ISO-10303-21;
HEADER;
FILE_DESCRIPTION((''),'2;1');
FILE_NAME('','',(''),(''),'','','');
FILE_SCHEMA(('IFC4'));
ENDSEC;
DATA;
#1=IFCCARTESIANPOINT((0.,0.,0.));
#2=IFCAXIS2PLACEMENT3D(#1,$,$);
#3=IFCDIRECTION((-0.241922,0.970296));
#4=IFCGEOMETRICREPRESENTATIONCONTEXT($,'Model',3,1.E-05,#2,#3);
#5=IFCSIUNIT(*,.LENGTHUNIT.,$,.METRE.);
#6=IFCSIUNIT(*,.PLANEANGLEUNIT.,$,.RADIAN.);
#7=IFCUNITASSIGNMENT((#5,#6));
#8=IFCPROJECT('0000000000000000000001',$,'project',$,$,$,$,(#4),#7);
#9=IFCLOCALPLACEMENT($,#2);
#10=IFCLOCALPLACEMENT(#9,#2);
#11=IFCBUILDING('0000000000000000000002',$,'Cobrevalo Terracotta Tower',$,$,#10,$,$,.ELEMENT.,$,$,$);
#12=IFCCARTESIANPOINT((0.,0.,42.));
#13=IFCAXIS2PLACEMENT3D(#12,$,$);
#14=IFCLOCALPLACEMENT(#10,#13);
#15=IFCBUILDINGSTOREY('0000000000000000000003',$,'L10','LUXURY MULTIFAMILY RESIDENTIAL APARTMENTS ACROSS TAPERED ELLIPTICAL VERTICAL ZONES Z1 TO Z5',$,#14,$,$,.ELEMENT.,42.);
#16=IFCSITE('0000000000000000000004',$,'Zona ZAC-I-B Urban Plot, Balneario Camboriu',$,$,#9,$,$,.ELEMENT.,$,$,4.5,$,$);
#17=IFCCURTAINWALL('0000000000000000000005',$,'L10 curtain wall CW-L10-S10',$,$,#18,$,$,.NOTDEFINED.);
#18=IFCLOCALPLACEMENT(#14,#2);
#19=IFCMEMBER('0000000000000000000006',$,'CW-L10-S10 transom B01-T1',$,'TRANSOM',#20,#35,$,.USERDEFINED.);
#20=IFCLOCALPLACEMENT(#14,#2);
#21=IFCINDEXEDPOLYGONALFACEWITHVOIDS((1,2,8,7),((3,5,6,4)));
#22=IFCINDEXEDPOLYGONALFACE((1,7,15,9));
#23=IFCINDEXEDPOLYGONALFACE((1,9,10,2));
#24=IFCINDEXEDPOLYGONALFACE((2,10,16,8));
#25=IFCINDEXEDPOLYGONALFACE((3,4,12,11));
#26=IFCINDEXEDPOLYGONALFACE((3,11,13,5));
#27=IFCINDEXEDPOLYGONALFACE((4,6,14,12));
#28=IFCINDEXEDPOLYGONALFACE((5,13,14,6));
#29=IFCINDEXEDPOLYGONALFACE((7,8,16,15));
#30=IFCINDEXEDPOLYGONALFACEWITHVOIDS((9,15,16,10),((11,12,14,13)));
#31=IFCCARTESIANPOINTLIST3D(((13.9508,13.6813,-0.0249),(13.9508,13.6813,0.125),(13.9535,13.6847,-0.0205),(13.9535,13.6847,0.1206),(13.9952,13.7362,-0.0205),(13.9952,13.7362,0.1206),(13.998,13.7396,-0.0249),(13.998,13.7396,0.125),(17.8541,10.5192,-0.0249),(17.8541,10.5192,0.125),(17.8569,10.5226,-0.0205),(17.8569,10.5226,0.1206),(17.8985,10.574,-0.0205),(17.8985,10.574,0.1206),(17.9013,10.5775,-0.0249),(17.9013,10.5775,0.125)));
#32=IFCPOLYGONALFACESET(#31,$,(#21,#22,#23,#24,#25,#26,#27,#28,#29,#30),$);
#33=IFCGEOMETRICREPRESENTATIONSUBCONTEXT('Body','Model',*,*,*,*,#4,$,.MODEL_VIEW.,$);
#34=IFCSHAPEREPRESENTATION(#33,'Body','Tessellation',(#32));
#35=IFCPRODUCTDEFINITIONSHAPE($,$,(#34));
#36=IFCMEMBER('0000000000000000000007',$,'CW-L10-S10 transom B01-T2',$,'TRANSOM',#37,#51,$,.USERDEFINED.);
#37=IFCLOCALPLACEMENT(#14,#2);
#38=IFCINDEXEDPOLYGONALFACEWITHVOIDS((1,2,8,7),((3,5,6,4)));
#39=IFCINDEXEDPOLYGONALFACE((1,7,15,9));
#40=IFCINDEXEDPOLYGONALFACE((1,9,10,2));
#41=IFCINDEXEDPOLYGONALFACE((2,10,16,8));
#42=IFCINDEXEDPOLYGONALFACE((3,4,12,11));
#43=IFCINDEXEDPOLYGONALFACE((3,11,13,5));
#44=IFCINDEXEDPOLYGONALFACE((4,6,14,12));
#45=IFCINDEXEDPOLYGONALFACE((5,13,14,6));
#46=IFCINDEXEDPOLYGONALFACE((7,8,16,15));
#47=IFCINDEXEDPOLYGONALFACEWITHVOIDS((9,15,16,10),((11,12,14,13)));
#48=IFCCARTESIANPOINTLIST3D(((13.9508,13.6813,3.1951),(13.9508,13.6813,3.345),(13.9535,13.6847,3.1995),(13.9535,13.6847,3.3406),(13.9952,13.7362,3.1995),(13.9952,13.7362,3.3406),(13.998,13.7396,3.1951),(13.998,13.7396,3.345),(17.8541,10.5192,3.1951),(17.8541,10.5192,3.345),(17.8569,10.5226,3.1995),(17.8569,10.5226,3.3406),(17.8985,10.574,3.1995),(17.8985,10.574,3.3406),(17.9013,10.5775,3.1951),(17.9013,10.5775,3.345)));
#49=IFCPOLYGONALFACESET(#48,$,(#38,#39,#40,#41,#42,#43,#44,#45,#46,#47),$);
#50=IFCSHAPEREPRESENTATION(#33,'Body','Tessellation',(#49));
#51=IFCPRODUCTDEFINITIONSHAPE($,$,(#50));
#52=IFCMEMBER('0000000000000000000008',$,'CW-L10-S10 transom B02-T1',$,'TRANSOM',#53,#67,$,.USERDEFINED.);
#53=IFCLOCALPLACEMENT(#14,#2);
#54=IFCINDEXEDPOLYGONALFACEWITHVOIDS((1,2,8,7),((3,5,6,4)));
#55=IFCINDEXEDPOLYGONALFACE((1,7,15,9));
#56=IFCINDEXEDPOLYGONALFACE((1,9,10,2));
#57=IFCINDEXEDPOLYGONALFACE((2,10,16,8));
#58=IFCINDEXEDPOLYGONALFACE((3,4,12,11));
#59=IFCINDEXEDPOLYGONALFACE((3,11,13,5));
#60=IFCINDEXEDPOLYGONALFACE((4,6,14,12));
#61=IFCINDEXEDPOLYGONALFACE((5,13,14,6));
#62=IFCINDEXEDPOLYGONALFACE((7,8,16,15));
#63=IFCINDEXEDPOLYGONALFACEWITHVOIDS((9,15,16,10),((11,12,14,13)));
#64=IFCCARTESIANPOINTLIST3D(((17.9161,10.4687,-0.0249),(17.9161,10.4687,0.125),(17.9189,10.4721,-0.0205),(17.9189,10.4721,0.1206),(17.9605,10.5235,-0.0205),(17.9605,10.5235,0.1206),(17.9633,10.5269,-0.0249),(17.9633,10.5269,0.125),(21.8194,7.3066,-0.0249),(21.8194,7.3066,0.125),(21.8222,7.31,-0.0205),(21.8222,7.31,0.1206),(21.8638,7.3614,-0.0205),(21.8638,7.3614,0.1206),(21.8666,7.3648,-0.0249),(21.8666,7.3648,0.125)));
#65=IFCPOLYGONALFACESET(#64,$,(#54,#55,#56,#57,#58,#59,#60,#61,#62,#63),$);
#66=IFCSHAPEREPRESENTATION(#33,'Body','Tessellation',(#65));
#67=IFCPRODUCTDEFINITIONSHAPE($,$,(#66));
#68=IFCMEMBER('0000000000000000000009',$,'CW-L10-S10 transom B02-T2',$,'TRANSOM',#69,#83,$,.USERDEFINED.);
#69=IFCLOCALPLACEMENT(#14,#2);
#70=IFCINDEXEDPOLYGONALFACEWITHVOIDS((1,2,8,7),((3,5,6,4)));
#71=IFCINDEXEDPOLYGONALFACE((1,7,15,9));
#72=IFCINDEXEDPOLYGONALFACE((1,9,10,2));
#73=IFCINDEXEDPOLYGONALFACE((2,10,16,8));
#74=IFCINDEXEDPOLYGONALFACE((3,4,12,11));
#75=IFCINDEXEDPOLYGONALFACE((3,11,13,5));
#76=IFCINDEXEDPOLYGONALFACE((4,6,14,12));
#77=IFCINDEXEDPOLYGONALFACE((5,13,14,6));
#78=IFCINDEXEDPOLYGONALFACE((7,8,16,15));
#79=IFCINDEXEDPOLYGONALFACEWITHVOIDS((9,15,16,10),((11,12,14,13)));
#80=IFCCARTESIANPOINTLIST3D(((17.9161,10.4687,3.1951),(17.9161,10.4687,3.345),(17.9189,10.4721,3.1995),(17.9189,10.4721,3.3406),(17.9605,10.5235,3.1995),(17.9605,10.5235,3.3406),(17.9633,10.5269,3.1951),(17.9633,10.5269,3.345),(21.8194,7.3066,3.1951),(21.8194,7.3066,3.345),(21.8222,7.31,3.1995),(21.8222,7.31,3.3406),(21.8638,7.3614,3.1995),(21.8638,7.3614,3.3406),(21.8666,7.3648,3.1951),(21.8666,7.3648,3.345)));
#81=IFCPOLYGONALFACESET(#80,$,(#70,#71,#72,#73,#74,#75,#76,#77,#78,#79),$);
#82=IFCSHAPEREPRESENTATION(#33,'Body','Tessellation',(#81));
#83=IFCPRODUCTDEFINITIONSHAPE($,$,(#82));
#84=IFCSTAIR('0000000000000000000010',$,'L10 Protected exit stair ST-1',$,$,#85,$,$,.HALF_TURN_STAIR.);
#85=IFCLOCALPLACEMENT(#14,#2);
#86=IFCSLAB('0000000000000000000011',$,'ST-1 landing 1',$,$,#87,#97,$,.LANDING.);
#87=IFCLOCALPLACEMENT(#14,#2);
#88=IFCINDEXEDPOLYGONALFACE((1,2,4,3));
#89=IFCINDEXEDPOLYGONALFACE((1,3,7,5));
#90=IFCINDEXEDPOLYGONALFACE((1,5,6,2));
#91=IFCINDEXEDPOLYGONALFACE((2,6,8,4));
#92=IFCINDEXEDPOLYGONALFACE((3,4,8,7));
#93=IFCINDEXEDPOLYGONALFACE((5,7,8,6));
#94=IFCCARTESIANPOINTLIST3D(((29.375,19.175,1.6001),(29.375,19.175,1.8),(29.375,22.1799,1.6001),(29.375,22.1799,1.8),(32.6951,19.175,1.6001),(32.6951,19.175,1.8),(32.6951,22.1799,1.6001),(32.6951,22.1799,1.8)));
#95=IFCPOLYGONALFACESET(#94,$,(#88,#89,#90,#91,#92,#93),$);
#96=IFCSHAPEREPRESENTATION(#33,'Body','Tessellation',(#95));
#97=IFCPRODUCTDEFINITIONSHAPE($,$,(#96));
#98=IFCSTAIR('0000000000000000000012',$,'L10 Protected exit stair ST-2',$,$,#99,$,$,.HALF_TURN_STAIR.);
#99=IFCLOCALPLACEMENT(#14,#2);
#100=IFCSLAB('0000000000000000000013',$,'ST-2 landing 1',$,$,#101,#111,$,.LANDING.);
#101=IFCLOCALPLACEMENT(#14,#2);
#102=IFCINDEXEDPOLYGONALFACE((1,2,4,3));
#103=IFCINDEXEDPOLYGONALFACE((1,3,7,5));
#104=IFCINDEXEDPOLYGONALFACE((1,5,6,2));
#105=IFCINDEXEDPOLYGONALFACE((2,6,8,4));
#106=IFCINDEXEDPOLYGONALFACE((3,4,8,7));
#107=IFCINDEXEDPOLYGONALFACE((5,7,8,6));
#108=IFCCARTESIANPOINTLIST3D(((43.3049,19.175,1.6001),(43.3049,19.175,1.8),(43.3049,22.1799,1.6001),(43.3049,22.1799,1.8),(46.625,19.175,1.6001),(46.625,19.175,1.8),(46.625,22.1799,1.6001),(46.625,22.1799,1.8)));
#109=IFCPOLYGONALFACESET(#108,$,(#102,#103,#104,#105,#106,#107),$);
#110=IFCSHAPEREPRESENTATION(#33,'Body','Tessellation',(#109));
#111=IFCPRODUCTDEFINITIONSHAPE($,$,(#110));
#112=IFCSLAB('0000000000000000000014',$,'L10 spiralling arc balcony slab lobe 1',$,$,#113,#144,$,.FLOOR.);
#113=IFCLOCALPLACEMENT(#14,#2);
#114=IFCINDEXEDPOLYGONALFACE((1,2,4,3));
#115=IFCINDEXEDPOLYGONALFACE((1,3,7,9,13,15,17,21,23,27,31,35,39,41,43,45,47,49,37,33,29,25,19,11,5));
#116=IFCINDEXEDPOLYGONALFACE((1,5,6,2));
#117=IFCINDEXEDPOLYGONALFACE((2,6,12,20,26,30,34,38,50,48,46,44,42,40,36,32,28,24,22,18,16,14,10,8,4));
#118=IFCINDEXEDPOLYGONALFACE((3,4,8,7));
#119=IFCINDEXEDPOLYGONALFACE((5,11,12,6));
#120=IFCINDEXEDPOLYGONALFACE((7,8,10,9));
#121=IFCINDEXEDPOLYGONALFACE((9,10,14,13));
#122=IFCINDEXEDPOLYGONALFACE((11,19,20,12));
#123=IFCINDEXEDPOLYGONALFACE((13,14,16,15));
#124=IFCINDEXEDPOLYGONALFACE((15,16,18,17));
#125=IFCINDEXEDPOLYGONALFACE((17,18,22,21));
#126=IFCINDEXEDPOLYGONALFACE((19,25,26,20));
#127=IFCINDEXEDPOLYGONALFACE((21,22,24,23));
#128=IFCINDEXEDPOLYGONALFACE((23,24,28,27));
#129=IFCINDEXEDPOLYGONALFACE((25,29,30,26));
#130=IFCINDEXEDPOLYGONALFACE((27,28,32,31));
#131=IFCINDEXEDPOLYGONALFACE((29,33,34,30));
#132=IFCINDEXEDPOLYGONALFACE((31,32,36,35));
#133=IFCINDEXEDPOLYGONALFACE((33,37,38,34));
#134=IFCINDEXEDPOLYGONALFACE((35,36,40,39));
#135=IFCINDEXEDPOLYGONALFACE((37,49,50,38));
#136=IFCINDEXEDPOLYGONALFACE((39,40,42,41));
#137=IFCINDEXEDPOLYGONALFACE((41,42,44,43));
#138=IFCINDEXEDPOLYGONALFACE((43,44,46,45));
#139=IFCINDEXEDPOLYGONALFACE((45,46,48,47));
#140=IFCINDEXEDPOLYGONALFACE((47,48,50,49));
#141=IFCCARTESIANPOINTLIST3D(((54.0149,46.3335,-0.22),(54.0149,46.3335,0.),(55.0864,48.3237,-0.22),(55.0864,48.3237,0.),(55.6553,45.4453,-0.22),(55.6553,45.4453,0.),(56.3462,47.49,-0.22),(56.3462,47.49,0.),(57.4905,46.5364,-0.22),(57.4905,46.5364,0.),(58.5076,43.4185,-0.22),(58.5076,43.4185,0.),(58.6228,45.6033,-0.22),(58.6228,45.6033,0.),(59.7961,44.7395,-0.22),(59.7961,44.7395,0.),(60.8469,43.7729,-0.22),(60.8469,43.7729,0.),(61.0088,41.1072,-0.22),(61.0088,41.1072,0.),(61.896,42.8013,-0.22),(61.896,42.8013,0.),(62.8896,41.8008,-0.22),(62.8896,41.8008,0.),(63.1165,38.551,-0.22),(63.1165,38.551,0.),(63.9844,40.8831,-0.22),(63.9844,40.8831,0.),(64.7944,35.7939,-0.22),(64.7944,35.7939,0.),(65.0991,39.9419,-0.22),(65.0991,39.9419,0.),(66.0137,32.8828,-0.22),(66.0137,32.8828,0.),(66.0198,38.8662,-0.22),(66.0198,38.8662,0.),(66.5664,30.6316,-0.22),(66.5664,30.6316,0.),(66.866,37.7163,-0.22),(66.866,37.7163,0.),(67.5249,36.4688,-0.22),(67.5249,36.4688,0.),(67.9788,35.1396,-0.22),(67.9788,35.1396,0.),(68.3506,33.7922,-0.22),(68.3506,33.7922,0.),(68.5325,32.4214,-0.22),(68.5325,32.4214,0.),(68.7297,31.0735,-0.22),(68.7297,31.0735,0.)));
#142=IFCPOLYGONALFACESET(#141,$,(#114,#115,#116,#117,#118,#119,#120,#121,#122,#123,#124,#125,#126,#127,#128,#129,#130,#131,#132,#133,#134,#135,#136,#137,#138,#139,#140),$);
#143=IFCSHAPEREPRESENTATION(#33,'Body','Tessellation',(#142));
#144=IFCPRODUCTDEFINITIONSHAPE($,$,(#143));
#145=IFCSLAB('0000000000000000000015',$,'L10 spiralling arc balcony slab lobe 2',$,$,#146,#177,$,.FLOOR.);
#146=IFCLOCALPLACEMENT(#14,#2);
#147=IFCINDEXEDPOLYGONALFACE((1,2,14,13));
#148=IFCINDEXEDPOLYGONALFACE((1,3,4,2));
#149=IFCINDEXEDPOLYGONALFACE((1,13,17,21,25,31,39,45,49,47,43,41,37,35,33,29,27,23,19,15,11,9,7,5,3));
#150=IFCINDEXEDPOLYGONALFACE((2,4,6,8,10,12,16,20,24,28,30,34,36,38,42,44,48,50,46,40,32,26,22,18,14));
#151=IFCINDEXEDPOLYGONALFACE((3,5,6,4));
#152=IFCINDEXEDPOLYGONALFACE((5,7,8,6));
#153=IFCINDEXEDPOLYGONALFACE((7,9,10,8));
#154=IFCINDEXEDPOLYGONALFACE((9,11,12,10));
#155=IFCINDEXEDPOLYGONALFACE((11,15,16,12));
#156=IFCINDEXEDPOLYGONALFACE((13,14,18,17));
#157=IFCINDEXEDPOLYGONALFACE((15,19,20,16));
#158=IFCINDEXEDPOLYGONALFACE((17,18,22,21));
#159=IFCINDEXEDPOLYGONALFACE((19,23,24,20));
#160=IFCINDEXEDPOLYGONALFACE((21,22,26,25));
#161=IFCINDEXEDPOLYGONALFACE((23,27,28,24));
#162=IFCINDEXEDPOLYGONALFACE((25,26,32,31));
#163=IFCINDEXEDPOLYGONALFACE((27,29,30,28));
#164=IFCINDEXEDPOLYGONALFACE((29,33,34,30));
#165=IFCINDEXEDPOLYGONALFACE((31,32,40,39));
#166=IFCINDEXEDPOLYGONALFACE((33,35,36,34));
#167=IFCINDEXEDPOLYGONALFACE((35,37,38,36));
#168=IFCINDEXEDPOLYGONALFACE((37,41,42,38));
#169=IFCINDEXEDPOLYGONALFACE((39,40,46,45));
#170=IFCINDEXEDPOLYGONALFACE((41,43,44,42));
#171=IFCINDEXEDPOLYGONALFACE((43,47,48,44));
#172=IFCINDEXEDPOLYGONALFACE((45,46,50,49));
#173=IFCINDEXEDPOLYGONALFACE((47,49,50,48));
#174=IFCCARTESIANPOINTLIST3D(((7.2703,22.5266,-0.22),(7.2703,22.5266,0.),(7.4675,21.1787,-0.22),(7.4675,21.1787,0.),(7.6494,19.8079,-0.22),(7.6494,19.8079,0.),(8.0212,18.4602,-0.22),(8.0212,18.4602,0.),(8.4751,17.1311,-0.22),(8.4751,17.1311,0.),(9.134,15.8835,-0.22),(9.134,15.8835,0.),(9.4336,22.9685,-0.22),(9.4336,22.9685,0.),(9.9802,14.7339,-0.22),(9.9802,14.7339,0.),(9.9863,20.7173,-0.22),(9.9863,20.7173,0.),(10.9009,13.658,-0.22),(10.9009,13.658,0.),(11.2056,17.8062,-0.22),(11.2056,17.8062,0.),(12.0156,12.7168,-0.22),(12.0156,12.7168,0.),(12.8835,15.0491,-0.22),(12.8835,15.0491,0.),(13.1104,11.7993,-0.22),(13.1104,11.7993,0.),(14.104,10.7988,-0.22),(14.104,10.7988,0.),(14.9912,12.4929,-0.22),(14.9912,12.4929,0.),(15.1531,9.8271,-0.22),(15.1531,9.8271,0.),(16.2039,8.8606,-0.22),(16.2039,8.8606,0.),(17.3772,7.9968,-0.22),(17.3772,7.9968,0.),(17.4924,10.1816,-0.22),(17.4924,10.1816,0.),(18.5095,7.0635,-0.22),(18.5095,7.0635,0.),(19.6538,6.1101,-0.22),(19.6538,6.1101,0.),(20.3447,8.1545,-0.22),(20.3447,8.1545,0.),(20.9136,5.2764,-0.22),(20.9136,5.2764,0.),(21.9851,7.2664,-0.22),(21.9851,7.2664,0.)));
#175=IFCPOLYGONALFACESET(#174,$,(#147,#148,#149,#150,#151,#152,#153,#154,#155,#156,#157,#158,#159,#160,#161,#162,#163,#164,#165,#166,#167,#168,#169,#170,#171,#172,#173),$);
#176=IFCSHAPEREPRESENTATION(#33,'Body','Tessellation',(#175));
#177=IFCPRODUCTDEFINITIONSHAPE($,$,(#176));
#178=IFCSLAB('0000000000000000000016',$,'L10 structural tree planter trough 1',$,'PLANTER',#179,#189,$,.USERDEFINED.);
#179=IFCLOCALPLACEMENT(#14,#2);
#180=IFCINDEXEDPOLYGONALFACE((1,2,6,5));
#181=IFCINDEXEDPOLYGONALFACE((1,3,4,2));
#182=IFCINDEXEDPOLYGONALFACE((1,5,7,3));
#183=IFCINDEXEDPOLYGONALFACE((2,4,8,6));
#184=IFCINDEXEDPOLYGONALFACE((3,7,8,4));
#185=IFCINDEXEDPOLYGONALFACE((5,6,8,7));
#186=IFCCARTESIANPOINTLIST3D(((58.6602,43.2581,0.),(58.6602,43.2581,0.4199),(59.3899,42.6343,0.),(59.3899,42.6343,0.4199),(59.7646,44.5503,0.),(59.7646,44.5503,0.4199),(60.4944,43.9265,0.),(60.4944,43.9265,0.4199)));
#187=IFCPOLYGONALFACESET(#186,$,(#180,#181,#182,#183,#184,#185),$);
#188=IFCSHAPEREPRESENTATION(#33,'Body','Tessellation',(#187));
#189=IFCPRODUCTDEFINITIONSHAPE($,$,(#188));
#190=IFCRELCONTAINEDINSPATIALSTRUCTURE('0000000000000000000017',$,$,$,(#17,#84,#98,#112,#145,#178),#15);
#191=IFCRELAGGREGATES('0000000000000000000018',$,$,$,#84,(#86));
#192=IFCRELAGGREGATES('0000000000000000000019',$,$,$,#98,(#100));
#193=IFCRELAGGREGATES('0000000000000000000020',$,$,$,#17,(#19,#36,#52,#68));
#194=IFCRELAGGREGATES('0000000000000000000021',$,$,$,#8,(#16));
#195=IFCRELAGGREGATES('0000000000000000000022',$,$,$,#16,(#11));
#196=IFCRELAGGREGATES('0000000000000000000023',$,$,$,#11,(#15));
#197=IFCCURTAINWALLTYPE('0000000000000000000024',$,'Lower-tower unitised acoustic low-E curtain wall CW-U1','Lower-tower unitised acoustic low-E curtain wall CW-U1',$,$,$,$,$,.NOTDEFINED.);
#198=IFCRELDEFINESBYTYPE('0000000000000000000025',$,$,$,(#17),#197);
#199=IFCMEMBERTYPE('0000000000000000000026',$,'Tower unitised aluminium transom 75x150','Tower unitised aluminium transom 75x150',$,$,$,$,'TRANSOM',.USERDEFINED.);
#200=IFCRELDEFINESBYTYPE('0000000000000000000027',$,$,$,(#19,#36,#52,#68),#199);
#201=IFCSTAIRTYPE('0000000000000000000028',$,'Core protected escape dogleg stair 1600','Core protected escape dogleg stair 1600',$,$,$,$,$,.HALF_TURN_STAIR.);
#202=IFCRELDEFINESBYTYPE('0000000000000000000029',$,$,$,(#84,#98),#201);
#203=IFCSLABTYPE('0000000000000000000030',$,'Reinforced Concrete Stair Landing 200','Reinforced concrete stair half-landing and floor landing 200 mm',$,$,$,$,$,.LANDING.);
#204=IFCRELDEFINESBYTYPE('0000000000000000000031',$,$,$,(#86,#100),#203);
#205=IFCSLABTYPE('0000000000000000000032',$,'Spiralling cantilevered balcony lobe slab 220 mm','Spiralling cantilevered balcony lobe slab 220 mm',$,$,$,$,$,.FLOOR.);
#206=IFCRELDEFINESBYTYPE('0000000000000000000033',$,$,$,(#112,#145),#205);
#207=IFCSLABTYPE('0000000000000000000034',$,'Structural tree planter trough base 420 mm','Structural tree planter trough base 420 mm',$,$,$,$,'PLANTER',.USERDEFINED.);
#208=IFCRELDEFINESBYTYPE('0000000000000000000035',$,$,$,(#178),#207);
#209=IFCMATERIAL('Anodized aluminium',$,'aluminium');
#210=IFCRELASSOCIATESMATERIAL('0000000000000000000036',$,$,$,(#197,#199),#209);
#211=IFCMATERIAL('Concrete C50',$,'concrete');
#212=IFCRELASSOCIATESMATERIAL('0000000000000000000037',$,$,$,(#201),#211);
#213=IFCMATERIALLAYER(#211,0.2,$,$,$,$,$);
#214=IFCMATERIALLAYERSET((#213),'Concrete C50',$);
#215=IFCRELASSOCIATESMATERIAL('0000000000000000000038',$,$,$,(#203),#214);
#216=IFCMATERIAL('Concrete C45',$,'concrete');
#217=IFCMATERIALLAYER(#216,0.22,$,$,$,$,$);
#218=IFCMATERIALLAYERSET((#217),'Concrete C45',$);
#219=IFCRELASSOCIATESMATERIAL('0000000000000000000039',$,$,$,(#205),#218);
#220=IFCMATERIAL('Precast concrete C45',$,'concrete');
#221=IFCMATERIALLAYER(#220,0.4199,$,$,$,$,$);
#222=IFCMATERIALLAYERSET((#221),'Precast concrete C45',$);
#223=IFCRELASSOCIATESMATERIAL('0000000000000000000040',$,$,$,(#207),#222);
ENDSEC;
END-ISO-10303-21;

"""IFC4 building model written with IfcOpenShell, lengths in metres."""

from ifc_helpers import new_model, si_unit, direction, frame, origin, origin_2d, place, context, subcontext, project, spatial, polyline, hollow_rectangle, outline, extrude, source, transform, mapped, material, layer, layer_set, material_profile, profile_set, type_object, element, aggregate, save


model = new_model("IFC4")

# Units and contexts
model_context = context("Model", 3, precision=1e-05, world=origin(), true_north=direction((-0.241922, 0.970296)))
body_context = subcontext(model_context, "Body", "Model", "MODEL_VIEW")
ifc_project = project(units=[si_unit("LENGTHUNIT", "METRE"), si_unit("PLANEANGLEUNIT", "RADIAN")], contexts=[model_context])

# Site, building, storey
site_placement = place(None, origin())
site = spatial("IfcSite", under=ifc_project, at=site_placement, Name="Zona ZAC-I-B Urban Plot, Balneario Camboriu", CompositionType="ELEMENT", RefElevation=4.5)
building_placement = place(site_placement, origin())
building = spatial("IfcBuilding", under=site, at=building_placement, Name="Cobrevalo Terracotta Tower", CompositionType="ELEMENT")
storey_placement = place(building_placement, frame((0.0, 0.0, 42.0)))
storey = spatial("IfcBuildingStorey", under=building, at=storey_placement, Name="L10", Description="LUXURY MULTIFAMILY RESIDENTIAL APARTMENTS ACROSS TAPERED ELLIPTICAL VERTICAL ZONES Z1 TO Z5", CompositionType="ELEMENT", Elevation=42.0)

# Curtain wall, members
ifc_material_1 = material(Name="Anodized aluminium", Category="aluminium")
curtain_wall_type = type_object("IfcCurtainWallType", Name="Lower-tower unitised acoustic low-E curtain wall CW-U1", Description="Lower-tower unitised acoustic low-E curtain wall CW-U1", PredefinedType="NOTDEFINED", material=ifc_material_1)
curtain_wall_placement = place(storey_placement, origin())
curtain_wall = element("IfcCurtainWall", 1, at=curtain_wall_placement, inside=storey, type_object=curtain_wall_type, Name="L10 curtain wall CW-L10-S10", PredefinedType="NOTDEFINED")
ifc_material_profile_1 = material_profile(ifc_material_1, hollow_rectangle(XDim=0.075, YDim=0.1499, WallThickness=0.0044, at=origin_2d()), Name="CWT 75x150")
ifc_profile_set_1 = profile_set([ifc_material_profile_1], Name="Anodized aluminium")
member_type_1 = type_object("IfcMemberType", Name="Tower unitised aluminium transom 75x150", Description="Tower unitised aluminium transom 75x150", ElementType="TRANSOM", PredefinedType="USERDEFINED", material=ifc_profile_set_1)
shared_shape_1 = source(origin(), body_context, "Body", "SweptSolid", [
    extrude(hollow_rectangle(XDim=0.075, YDim=0.1499, WallThickness=0.0044, at=origin_2d()), origin(), (0.0, 0.0, 1.0), 5.0234),
])
member_1_placement = place(storey_placement, frame((13.9744, 13.7104, 0.05), z_axis=(0.777023, -0.629472, 0.0), x_axis=(0.629472, 0.777023, 0.0)))
member_1 = element("IfcMember", 2, at=member_1_placement, type_object=member_type_1, Name="CW-L10-S10 transom B01-T1", ObjectType="TRANSOM", PredefinedType="USERDEFINED", context=body_context, shape_type="MappedRepresentation", body=[
    mapped(shared_shape_1, transform((0.0, 0.0, 0.0), scale=1.0)),
])
member_2_placement = place(storey_placement, frame((13.9744, 13.7104, 3.27), z_axis=(0.777023, -0.629472, 0.0), x_axis=(0.629472, 0.777023, 0.0)))
member_2 = element("IfcMember", 3, at=member_2_placement, type_object=member_type_1, Name="CW-L10-S10 transom B01-T2", ObjectType="TRANSOM", PredefinedType="USERDEFINED", context=body_context, shape_type="MappedRepresentation", body=[
    mapped(shared_shape_1, transform((0.0, 0.0, 0.0), scale=1.0)),
])
member_3_placement = place(storey_placement, frame((17.9397, 10.4978, 0.05), z_axis=(0.777023, -0.629472, 0.0), x_axis=(0.629472, 0.777023, 0.0)))
member_3 = element("IfcMember", 4, at=member_3_placement, type_object=member_type_1, Name="CW-L10-S10 transom B02-T1", ObjectType="TRANSOM", PredefinedType="USERDEFINED", context=body_context, shape_type="MappedRepresentation", body=[
    mapped(shared_shape_1, transform((0.0, 0.0, 0.0), scale=1.0)),
])
member_4_placement = place(storey_placement, frame((17.9397, 10.4978, 3.27), z_axis=(0.777023, -0.629472, 0.0), x_axis=(0.629472, 0.777023, 0.0)))
member_4 = element("IfcMember", 5, at=member_4_placement, type_object=member_type_1, Name="CW-L10-S10 transom B02-T2", ObjectType="TRANSOM", PredefinedType="USERDEFINED", context=body_context, shape_type="MappedRepresentation", body=[
    mapped(shared_shape_1, transform((0.0, 0.0, 0.0), scale=1.0)),
])

# Stairs, slabs
ifc_material_2 = material(Name="Concrete C50", Category="concrete")
stair_type = type_object("IfcStairType", Name="Core protected escape dogleg stair 1600", Description="Core protected escape dogleg stair 1600", PredefinedType="HALF_TURN_STAIR", material=ifc_material_2)
stair_1_placement = place(storey_placement, origin())
stair_1 = element("IfcStair", 6, at=stair_1_placement, inside=storey, type_object=stair_type, Name="L10 Protected exit stair ST-1", PredefinedType="HALF_TURN_STAIR")
ifc_layer_1 = layer(ifc_material_2, 0.2)
ifc_layer_set_1 = layer_set([ifc_layer_1], Name="Concrete C50")
slab_type_1 = type_object("IfcSlabType", Name="Reinforced Concrete Stair Landing 200", Description="Reinforced concrete stair half-landing and floor landing 200 mm", PredefinedType="LANDING", material=ifc_layer_set_1)
slab_1_placement = place(storey_placement, frame((0.0, 0.0, 1.6001)))
slab_1 = element("IfcSlab", 7, at=slab_1_placement, type_object=slab_type_1, Name="ST-1 landing 1", PredefinedType="LANDING", context=body_context, shape_type="SweptSolid", body=[
    extrude(outline(polyline([(29.375, 22.1799), (29.375, 19.175), (32.6951, 19.175), (32.6951, 22.1799), (29.375, 22.1799)])), origin(), (0.0, 0.0, 1.0), 0.2),
])
aggregate(stair_1, [slab_1])
stair_2_placement = place(storey_placement, origin())
stair_2 = element("IfcStair", 8, at=stair_2_placement, inside=storey, type_object=stair_type, Name="L10 Protected exit stair ST-2", PredefinedType="HALF_TURN_STAIR")
slab_2_placement = place(storey_placement, frame((0.0, 0.0, 1.6001)))
slab_2 = element("IfcSlab", 9, at=slab_2_placement, type_object=slab_type_1, Name="ST-2 landing 1", PredefinedType="LANDING", context=body_context, shape_type="SweptSolid", body=[
    extrude(outline(polyline([(43.3049, 22.1799), (43.3049, 19.175), (46.625, 19.175), (46.625, 22.1799), (43.3049, 22.1799)])), origin(), (0.0, 0.0, 1.0), 0.2),
])
aggregate(stair_2, [slab_2])

# Slabs
ifc_material_3 = material(Name="Concrete C45", Category="concrete")
ifc_layer_2 = layer(ifc_material_3, 0.22)
ifc_layer_set_2 = layer_set([ifc_layer_2], Name="Concrete C45")
slab_type_2 = type_object("IfcSlabType", Name="Spiralling cantilevered balcony lobe slab 220 mm", Description="Spiralling cantilevered balcony lobe slab 220 mm", PredefinedType="FLOOR", material=ifc_layer_set_2)
slab_3_placement = place(storey_placement, frame((0.0, 0.0, -0.22)))
element("IfcSlab", 10, at=slab_3_placement, inside=storey, type_object=slab_type_2, Name="L10 spiralling arc balcony slab lobe 1", PredefinedType="FLOOR", context=body_context, shape_type="SweptSolid", body=[
    extrude(outline(polyline([(68.7297, 31.0735), (68.5325, 32.4214), (68.3506, 33.7922), (67.9788, 35.1396), (67.5249, 36.4688), (66.866, 37.7163), (66.0198, 38.8662), (65.0991, 39.9419), (63.9844, 40.8831), (62.8896, 41.8008), (61.896, 42.8013), (60.8469, 43.7729), (59.7961, 44.7395), (58.6228, 45.6033), (57.4905, 46.5364), (56.3462, 47.49), (55.0864, 48.3237), (54.0149, 46.3335), (55.6553, 45.4453), (58.5076, 43.4185), (61.0088, 41.1072), (63.1165, 38.551), (64.7944, 35.7939), (66.0137, 32.8828), (66.5664, 30.6316), (68.7297, 31.0735)])), origin(), (0.0, 0.0, 1.0), 0.22),
])
slab_4_placement = place(storey_placement, frame((0.0, 0.0, -0.22)))
element("IfcSlab", 11, at=slab_4_placement, inside=storey, type_object=slab_type_2, Name="L10 spiralling arc balcony slab lobe 2", PredefinedType="FLOOR", context=body_context, shape_type="SweptSolid", body=[
    extrude(outline(polyline([(7.2703, 22.5266), (7.4675, 21.1787), (7.6494, 19.8079), (8.0212, 18.4602), (8.4751, 17.1311), (9.134, 15.8835), (9.9802, 14.7339), (10.9009, 13.658), (12.0156, 12.7168), (13.1104, 11.7993), (14.104, 10.7988), (15.1531, 9.8271), (16.2039, 8.8606), (17.3772, 7.9968), (18.5095, 7.0635), (19.6538, 6.1101), (20.9136, 5.2764), (21.9851, 7.2664), (20.3447, 8.1545), (17.4924, 10.1816), (14.9912, 12.4929), (12.8835, 15.0491), (11.2056, 17.8062), (9.9863, 20.7173), (9.4336, 22.9685), (7.2703, 22.5266)])), origin(), (0.0, 0.0, 1.0), 0.22),
])
ifc_material_4 = material(Name="Precast concrete C45", Category="concrete")
ifc_layer_3 = layer(ifc_material_4, 0.4199)
ifc_layer_set_3 = layer_set([ifc_layer_3], Name="Precast concrete C45")
slab_type_3 = type_object("IfcSlabType", Name="Structural tree planter trough base 420 mm", Description="Structural tree planter trough base 420 mm", ElementType="PLANTER", PredefinedType="USERDEFINED", material=ifc_layer_set_3)
slab_5_placement = place(storey_placement, origin())
element("IfcSlab", 12, at=slab_5_placement, inside=storey, type_object=slab_type_3, Name="L10 structural tree planter trough 1", ObjectType="PLANTER", PredefinedType="USERDEFINED", context=body_context, shape_type="SweptSolid", body=[
    extrude(outline(polyline([(59.3899, 42.6343), (60.4944, 43.9265), (59.7646, 44.5503), (58.6602, 43.2581), (59.3899, 42.6343)])), origin(), (0.0, 0.0, 1.0), 0.4199),
])

aggregate(curtain_wall, [member_1, member_2, member_3, member_4])

save(model, "model.ifc")
